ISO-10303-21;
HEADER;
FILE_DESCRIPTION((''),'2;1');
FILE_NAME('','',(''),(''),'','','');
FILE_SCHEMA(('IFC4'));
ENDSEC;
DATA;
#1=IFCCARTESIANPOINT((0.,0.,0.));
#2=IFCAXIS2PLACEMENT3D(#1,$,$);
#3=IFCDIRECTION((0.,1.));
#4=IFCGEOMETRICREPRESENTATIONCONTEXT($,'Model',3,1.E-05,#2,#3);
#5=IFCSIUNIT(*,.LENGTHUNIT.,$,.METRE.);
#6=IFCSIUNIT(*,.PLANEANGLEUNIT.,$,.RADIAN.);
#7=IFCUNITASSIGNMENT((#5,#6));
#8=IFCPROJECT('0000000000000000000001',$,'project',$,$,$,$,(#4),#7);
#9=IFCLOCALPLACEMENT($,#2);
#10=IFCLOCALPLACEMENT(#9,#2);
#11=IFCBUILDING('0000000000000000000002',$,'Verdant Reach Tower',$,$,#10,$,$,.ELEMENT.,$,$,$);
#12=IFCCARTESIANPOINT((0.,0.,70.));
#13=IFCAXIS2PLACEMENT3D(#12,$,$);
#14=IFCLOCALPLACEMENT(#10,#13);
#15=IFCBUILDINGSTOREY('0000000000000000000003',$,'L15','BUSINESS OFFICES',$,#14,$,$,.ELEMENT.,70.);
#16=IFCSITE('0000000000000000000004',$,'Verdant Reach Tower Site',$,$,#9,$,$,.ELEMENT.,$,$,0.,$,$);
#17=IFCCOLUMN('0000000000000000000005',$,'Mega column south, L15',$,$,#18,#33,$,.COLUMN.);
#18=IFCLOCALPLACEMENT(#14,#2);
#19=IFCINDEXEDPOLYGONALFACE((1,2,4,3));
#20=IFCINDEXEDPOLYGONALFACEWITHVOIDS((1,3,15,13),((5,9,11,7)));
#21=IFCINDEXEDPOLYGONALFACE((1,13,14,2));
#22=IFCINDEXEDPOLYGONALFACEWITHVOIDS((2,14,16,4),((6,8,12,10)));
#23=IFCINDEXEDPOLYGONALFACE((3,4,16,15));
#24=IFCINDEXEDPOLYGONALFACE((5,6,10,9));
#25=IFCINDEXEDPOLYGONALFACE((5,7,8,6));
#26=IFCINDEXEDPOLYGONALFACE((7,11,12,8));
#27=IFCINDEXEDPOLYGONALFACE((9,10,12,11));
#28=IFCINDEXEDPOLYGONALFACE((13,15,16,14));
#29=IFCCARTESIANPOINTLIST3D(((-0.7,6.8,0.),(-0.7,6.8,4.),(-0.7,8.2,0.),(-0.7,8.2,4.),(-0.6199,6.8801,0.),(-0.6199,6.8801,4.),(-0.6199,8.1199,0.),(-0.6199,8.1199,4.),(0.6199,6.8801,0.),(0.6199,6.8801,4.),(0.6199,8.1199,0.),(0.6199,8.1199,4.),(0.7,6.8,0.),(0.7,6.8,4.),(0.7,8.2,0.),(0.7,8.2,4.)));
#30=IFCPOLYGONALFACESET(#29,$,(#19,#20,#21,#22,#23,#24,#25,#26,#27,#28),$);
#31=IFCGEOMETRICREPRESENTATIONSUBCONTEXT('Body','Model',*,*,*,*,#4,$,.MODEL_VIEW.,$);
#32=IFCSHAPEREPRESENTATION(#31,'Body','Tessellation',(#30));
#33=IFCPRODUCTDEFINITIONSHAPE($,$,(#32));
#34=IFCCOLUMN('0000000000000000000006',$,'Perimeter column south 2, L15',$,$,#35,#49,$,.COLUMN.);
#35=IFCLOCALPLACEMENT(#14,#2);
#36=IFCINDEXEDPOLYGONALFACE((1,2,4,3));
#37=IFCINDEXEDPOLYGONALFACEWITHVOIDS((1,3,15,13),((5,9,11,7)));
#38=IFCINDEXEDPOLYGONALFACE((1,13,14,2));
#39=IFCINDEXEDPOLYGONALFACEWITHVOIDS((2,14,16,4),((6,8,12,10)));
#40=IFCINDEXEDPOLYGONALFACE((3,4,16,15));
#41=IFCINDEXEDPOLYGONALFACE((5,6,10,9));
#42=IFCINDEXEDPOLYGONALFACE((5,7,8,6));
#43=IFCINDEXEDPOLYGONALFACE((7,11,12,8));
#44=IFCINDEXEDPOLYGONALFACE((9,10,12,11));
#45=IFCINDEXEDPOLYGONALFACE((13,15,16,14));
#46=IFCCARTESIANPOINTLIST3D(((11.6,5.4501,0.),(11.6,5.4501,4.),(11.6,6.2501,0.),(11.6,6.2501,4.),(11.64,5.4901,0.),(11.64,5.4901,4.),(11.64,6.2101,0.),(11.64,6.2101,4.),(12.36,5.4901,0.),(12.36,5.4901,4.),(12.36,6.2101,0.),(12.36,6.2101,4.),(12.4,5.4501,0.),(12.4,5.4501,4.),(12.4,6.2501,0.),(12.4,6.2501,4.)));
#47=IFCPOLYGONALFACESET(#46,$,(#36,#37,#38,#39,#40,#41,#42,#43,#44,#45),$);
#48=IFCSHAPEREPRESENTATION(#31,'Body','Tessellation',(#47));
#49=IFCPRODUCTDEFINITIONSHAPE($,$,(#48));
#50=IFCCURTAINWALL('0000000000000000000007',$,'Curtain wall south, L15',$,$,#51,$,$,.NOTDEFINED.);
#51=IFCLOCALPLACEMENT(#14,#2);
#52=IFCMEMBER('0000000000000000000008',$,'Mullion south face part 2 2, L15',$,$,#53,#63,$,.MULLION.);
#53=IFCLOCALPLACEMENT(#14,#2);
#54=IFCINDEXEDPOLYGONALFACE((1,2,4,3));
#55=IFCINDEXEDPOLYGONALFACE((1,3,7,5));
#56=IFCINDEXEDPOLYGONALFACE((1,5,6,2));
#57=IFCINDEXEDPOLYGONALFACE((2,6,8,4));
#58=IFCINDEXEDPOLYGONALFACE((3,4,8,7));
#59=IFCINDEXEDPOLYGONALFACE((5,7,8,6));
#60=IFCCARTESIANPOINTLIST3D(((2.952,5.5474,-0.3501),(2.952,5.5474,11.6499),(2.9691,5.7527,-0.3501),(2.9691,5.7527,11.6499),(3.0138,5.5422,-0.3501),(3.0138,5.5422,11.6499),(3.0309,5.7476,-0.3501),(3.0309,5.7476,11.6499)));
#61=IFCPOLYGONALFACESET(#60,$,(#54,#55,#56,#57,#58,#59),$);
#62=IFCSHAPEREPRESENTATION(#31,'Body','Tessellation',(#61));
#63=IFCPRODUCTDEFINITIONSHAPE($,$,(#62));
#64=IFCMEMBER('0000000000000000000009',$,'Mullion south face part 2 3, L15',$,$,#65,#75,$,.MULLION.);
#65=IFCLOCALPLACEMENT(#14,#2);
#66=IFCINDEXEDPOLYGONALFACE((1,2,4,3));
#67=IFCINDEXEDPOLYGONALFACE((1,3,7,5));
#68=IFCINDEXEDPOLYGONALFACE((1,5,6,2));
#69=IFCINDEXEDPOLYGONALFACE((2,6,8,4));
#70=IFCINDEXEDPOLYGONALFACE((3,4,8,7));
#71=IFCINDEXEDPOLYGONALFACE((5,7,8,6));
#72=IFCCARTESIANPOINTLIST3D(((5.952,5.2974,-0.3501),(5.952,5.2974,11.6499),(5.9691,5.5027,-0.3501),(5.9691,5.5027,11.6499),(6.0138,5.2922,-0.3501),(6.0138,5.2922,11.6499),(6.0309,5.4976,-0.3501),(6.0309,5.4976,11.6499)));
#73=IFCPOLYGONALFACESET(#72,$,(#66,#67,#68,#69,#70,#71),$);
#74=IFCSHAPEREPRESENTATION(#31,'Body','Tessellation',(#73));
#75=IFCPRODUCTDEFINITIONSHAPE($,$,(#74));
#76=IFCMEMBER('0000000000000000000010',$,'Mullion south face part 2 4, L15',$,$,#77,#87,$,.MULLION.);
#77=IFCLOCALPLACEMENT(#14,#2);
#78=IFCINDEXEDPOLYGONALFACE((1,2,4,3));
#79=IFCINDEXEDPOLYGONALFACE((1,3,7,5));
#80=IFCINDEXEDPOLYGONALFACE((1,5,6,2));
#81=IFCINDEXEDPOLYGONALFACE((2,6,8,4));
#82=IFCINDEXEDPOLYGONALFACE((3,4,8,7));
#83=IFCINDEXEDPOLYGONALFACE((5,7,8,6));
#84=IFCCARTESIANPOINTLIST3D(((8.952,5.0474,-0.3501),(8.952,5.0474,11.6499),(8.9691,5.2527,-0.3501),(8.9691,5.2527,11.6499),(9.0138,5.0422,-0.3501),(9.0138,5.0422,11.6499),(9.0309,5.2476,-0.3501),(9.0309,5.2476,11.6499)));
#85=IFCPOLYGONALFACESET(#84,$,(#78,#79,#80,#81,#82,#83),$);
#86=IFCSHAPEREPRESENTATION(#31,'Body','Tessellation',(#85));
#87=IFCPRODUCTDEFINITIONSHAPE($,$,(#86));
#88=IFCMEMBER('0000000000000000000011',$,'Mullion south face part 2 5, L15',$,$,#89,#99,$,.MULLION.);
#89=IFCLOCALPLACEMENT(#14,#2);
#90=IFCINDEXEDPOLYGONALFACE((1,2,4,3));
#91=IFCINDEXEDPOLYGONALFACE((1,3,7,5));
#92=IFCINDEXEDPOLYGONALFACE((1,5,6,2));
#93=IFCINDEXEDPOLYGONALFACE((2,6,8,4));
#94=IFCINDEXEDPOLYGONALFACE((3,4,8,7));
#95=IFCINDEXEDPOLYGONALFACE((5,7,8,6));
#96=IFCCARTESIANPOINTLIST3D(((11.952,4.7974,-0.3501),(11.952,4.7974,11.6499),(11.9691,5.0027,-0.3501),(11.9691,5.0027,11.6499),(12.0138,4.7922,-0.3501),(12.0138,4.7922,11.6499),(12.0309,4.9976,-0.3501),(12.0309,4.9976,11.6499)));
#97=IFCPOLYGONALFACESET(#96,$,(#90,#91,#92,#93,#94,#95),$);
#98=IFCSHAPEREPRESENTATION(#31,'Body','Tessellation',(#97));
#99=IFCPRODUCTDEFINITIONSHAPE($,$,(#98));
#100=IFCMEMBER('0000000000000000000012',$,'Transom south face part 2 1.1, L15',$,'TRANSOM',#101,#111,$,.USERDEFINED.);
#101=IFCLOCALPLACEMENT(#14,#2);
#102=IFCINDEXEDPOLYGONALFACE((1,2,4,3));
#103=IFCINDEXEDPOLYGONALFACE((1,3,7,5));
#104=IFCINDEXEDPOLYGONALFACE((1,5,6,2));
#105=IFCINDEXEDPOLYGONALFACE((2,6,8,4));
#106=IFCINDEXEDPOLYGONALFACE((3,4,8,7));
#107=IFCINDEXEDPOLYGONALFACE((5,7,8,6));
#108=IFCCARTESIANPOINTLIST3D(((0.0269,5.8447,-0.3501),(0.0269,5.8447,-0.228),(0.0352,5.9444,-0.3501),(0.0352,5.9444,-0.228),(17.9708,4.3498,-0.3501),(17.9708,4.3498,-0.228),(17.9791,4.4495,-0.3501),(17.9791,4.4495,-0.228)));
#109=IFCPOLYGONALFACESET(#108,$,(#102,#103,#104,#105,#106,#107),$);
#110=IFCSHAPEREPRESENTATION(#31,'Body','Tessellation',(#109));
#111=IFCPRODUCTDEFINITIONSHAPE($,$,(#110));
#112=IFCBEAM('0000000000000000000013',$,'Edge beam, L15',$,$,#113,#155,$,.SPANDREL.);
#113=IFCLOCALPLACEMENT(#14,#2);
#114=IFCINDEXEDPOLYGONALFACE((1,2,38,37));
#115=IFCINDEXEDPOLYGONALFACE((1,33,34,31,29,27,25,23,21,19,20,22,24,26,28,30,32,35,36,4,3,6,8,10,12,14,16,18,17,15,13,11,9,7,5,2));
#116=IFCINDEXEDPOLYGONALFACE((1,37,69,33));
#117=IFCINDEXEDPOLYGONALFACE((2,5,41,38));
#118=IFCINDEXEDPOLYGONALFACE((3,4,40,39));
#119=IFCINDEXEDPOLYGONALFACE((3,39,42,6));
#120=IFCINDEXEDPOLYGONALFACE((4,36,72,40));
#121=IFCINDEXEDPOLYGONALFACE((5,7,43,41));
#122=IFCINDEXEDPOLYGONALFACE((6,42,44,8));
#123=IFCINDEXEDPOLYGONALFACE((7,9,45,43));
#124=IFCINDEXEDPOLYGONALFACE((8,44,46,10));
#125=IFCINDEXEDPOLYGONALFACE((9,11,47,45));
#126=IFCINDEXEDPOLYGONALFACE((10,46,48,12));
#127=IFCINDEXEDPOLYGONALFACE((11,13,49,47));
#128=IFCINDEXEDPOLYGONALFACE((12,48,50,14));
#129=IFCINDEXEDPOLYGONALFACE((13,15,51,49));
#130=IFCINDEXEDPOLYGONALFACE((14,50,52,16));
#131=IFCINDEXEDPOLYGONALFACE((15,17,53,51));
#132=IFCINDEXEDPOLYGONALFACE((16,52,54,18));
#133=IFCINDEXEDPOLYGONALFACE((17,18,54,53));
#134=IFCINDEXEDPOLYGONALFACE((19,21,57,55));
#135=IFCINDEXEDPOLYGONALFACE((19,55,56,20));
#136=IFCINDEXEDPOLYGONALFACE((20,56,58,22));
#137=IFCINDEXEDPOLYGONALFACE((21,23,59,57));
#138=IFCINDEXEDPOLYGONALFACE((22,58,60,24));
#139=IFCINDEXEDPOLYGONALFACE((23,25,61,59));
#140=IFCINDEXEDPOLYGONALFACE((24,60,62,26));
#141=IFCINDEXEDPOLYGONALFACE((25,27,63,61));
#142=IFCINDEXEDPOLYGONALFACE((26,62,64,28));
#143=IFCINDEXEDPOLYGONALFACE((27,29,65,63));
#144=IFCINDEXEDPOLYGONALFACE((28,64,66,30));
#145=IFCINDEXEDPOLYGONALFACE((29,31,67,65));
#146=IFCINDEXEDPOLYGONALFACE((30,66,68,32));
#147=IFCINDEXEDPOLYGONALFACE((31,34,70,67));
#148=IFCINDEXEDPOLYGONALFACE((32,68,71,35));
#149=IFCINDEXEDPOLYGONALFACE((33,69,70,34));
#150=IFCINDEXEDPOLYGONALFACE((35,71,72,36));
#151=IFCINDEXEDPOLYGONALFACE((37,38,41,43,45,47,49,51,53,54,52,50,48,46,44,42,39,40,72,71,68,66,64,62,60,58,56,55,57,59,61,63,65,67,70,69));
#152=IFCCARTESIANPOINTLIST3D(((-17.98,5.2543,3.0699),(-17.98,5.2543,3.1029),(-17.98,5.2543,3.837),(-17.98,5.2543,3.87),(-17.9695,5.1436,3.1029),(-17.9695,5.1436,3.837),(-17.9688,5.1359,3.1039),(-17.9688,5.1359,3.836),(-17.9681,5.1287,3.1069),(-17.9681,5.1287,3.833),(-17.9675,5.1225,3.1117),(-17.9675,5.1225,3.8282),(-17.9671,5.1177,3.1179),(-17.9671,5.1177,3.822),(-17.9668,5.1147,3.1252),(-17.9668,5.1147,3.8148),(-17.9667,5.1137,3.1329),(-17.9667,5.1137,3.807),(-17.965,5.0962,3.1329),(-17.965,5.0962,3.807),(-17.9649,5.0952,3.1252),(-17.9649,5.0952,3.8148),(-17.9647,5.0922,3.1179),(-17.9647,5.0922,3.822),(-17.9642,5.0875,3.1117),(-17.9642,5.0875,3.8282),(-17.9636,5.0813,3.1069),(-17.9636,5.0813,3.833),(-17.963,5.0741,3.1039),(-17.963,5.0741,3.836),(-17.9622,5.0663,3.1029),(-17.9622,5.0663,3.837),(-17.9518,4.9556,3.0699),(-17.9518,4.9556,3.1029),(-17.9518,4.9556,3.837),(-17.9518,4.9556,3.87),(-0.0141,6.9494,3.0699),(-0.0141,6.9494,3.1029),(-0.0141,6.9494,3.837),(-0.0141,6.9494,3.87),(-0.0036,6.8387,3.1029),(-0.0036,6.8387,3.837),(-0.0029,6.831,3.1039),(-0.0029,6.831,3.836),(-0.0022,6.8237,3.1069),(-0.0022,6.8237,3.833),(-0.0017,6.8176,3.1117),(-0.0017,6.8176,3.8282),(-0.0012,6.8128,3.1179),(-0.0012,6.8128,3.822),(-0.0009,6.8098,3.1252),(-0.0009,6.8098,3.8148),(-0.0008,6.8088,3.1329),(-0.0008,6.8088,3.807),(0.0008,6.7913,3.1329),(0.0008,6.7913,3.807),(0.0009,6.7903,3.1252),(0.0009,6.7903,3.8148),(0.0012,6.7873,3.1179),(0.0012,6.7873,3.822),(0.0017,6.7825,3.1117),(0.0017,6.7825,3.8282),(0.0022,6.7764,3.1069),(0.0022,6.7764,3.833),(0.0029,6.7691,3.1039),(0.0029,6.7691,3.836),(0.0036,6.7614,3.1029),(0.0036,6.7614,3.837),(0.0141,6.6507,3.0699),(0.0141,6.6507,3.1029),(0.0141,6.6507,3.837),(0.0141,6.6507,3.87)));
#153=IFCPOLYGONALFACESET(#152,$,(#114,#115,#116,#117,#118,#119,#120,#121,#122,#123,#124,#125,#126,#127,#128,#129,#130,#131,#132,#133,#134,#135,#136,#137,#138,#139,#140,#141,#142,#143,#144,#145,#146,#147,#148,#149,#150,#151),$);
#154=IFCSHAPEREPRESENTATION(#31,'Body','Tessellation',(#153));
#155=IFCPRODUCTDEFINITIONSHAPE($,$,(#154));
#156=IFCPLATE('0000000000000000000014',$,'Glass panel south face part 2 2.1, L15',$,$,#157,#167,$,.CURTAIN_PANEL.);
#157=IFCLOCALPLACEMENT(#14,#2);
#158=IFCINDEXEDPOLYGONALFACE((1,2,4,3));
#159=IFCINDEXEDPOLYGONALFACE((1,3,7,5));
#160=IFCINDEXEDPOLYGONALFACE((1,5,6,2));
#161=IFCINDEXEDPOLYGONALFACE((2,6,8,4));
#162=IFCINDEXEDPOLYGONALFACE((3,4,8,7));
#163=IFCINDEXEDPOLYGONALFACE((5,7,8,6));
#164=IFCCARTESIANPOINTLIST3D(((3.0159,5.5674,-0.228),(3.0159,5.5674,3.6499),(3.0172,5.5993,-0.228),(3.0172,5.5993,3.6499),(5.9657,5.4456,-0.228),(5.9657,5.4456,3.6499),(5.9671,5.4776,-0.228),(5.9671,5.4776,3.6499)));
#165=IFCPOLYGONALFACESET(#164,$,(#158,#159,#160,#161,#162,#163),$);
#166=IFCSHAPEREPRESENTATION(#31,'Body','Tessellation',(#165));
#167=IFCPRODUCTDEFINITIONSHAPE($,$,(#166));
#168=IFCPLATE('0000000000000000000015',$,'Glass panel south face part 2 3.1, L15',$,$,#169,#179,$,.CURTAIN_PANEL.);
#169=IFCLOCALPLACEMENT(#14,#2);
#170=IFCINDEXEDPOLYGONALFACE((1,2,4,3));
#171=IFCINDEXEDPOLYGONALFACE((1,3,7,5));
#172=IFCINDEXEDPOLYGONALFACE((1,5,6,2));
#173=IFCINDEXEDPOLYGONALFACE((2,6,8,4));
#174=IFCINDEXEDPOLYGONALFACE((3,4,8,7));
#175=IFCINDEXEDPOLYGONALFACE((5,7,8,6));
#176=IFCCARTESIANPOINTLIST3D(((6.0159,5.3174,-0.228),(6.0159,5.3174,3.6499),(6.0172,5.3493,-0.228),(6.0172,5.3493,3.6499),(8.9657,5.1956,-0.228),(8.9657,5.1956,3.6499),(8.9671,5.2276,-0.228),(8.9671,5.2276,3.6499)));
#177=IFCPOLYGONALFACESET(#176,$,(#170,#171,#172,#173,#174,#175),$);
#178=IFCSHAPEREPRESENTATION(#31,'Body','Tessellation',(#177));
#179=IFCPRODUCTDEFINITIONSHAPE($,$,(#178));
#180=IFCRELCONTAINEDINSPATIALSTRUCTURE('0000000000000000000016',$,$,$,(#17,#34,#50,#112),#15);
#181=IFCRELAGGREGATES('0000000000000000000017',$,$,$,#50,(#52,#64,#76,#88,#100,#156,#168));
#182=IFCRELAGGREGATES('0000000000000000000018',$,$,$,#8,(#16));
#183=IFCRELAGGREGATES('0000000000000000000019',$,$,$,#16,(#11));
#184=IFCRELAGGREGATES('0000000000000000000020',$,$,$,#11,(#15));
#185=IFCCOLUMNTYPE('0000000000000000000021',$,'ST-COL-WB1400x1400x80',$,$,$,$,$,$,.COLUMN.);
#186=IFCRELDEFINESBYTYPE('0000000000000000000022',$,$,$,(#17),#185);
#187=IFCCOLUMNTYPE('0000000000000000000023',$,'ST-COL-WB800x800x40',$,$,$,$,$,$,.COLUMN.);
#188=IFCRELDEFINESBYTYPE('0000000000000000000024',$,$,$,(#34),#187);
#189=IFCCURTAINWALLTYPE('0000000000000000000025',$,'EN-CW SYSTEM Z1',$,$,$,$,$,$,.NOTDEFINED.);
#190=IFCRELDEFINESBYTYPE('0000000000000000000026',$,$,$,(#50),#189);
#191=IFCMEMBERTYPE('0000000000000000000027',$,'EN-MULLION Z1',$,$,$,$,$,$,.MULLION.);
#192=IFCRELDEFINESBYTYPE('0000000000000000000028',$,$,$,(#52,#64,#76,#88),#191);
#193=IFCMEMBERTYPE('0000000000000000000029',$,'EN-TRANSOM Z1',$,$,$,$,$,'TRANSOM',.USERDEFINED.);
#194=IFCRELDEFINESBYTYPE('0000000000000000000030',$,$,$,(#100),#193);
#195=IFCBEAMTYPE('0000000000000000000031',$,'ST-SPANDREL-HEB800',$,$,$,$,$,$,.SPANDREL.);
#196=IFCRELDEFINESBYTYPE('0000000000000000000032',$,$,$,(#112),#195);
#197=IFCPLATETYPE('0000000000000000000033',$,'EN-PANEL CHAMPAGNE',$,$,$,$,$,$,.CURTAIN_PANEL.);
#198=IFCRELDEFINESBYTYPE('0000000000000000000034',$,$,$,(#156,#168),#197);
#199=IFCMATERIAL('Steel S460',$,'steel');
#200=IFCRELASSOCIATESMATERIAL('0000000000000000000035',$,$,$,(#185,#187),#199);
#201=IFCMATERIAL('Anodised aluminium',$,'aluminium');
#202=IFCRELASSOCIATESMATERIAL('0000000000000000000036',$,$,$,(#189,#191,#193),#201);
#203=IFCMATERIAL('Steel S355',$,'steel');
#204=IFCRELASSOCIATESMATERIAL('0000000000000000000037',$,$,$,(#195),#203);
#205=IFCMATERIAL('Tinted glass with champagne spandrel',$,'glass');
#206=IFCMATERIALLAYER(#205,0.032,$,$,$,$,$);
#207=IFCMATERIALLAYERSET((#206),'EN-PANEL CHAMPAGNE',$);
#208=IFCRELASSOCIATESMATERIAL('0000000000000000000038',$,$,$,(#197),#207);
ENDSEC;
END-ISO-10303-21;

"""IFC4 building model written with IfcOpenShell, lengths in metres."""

from ifc_helpers import new_model, si_unit, direction, frame, origin, origin_2d, place, context, subcontext, project, spatial, rectangle, hollow_rectangle, i_section, extrude, material, layer, layer_set, material_profile, profile_set, type_object, element, aggregate, save


model = new_model("IFC4")

# Units and contexts
model_context = context("Model", 3, precision=1e-05, world=origin(), true_north=direction((0.0, 1.0)))
body_context = subcontext(model_context, "Body", "Model", "MODEL_VIEW")
ifc_project = project(units=[si_unit("LENGTHUNIT", "METRE"), si_unit("PLANEANGLEUNIT", "RADIAN")], contexts=[model_context])

# Site, building, storey
site_placement = place(None, origin())
site = spatial("IfcSite", under=ifc_project, at=site_placement, Name="Verdant Reach Tower Site", CompositionType="ELEMENT", RefElevation=0.0)
building_placement = place(site_placement, origin())
building = spatial("IfcBuilding", under=site, at=building_placement, Name="Verdant Reach Tower", CompositionType="ELEMENT")
storey_placement = place(building_placement, frame((0.0, 0.0, 70.0)))
storey = spatial("IfcBuildingStorey", under=building, at=storey_placement, Name="L15", Description="BUSINESS OFFICES", CompositionType="ELEMENT", Elevation=70.0)

# Columns
ifc_material_1 = material(Name="Steel S460", Category="steel")
ifc_material_profile_1 = material_profile(ifc_material_1, hollow_rectangle(XDim=1.3999, YDim=1.3999, WallThickness=0.0801, at=origin_2d()), Name="WB 1400x1400x80")
ifc_profile_set_1 = profile_set([ifc_material_profile_1], Name="Steel S460")
column_type_1 = type_object("IfcColumnType", Name="ST-COL-WB1400x1400x80", PredefinedType="COLUMN", material=ifc_profile_set_1)
column_1_placement = place(storey_placement, frame((0.0, 7.5, 0.0), z_axis=(0.0, 0.0, 1.0), x_axis=(1.0, 0.0, 0.0)))
element("IfcColumn", 1, at=column_1_placement, inside=storey, type_object=column_type_1, Name="Mega column south, L15", PredefinedType="COLUMN", context=body_context, shape_type="SweptSolid", body=[
    extrude(hollow_rectangle(XDim=1.3999, YDim=1.3999, WallThickness=0.0801, at=origin_2d()), origin(), (0.0, 0.0, 1.0), 4.0),
])
ifc_material_profile_2 = material_profile(ifc_material_1, hollow_rectangle(XDim=0.8, YDim=0.8, WallThickness=0.04, at=origin_2d()), Name="WB 800x800x40")
ifc_profile_set_2 = profile_set([ifc_material_profile_2], Name="Steel S460")
column_type_2 = type_object("IfcColumnType", Name="ST-COL-WB800x800x40", PredefinedType="COLUMN", material=ifc_profile_set_2)
column_2_placement = place(storey_placement, frame((12.0, 5.8501, 0.0), z_axis=(0.0, 0.0, 1.0), x_axis=(1.0, 0.0, 0.0)))
element("IfcColumn", 2, at=column_2_placement, inside=storey, type_object=column_type_2, Name="Perimeter column south 2, L15", PredefinedType="COLUMN", context=body_context, shape_type="SweptSolid", body=[
    extrude(hollow_rectangle(XDim=0.8, YDim=0.8, WallThickness=0.04, at=origin_2d()), origin(), (0.0, 0.0, 1.0), 4.0),
])

# Curtain wall, members
ifc_material_2 = material(Name="Anodised aluminium", Category="aluminium")
curtain_wall_type = type_object("IfcCurtainWallType", Name="EN-CW SYSTEM Z1", PredefinedType="NOTDEFINED", material=ifc_material_2)
curtain_wall_placement = place(storey_placement, origin())
curtain_wall = element("IfcCurtainWall", 3, at=curtain_wall_placement, inside=storey, type_object=curtain_wall_type, Name="Curtain wall south, L15", PredefinedType="NOTDEFINED")
ifc_material_profile_3 = material_profile(ifc_material_2, rectangle(XDim=0.2061, YDim=0.062, at=origin_2d()), Name="Mullion 62x206")
ifc_profile_set_3 = profile_set([ifc_material_profile_3], Name="Anodised aluminium")
member_type_1 = type_object("IfcMemberType", Name="EN-MULLION Z1", PredefinedType="MULLION", material=ifc_profile_set_3)
member_1_placement = place(storey_placement, frame((2.9915, 5.6475, -0.3501), z_axis=(0.0, 0.0, 1.0), x_axis=(-0.083045, -0.996546, 0.0)))
member_1 = element("IfcMember", 4, at=member_1_placement, type_object=member_type_1, Name="Mullion south face part 2 2, L15", PredefinedType="MULLION", context=body_context, shape_type="SweptSolid", body=[
    extrude(rectangle(XDim=0.2061, YDim=0.062, at=origin_2d()), origin(), (0.0, 0.0, 1.0), 12.0),
])
member_2_placement = place(storey_placement, frame((5.9915, 5.3975, -0.3501), z_axis=(0.0, 0.0, 1.0), x_axis=(-0.083045, -0.996546, 0.0)))
member_2 = element("IfcMember", 5, at=member_2_placement, type_object=member_type_1, Name="Mullion south face part 2 3, L15", PredefinedType="MULLION", context=body_context, shape_type="SweptSolid", body=[
    extrude(rectangle(XDim=0.2061, YDim=0.062, at=origin_2d()), origin(), (0.0, 0.0, 1.0), 12.0),
])
member_3_placement = place(storey_placement, frame((8.9915, 5.1475, -0.3501), z_axis=(0.0, 0.0, 1.0), x_axis=(-0.083045, -0.996546, 0.0)))
member_3 = element("IfcMember", 6, at=member_3_placement, type_object=member_type_1, Name="Mullion south face part 2 4, L15", PredefinedType="MULLION", context=body_context, shape_type="SweptSolid", body=[
    extrude(rectangle(XDim=0.2061, YDim=0.062, at=origin_2d()), origin(), (0.0, 0.0, 1.0), 12.0),
])
member_4_placement = place(storey_placement, frame((11.9915, 4.8975, -0.3501), z_axis=(0.0, 0.0, 1.0), x_axis=(-0.083045, -0.996546, 0.0)))
member_4 = element("IfcMember", 7, at=member_4_placement, type_object=member_type_1, Name="Mullion south face part 2 5, L15", PredefinedType="MULLION", context=body_context, shape_type="SweptSolid", body=[
    extrude(rectangle(XDim=0.2061, YDim=0.062, at=origin_2d()), origin(), (0.0, 0.0, 1.0), 12.0),
])
ifc_material_profile_4 = material_profile(ifc_material_2, rectangle(XDim=0.1001, YDim=0.1221, at=origin_2d()), Name="Transom 122x100")
ifc_profile_set_4 = profile_set([ifc_material_profile_4], Name="Anodised aluminium")
member_type_2 = type_object("IfcMemberType", Name="EN-TRANSOM Z1", ElementType="TRANSOM", PredefinedType="USERDEFINED", material=ifc_profile_set_4)
member_5_placement = place(storey_placement, frame((0.031, 5.8945, -0.2891), z_axis=(0.996548, -0.083021, 0.0), x_axis=(0.083021, 0.996548, 0.0)))
member_5 = element("IfcMember", 8, at=member_5_placement, type_object=member_type_2, Name="Transom south face part 2 1.1, L15", ObjectType="TRANSOM", PredefinedType="USERDEFINED", context=body_context, shape_type="SweptSolid", body=[
    extrude(rectangle(XDim=0.1001, YDim=0.1221, at=origin_2d()), origin(), (0.0, 0.0, 1.0), 18.0061),
])

# Beam
ifc_material_3 = material(Name="Steel S355", Category="steel")
ifc_material_profile_5 = material_profile(ifc_material_3, i_section(OverallWidth=0.3, OverallDepth=0.8, WebThickness=0.0176, FlangeThickness=0.033, FilletRadius=0.03, at=origin_2d()), Name="HEB 800")
ifc_profile_set_5 = profile_set([ifc_material_profile_5], Name="Steel S355")
beam_type = type_object("IfcBeamType", Name="ST-SPANDREL-HEB800", PredefinedType="SPANDREL", material=ifc_profile_set_5)
beam_placement = place(storey_placement, frame((0.0, 6.8, 3.47), z_axis=(-0.995579, -0.093932, 0.0), x_axis=(0.093932, -0.995579, 0.0)))
element("IfcBeam", 9, at=beam_placement, inside=storey, type_object=beam_type, Name="Edge beam, L15", PredefinedType="SPANDREL", context=body_context, shape_type="SweptSolid", body=[
    extrude(i_section(OverallWidth=0.3, OverallDepth=0.8, WebThickness=0.0176, FlangeThickness=0.033, FilletRadius=0.03, at=origin_2d()), origin(), (0.0, 0.0, 1.0), 18.0457),
])

# Plates
ifc_material_4 = material(Name="Tinted glass with champagne spandrel", Category="glass")
ifc_layer_1 = layer(ifc_material_4, 0.032)
ifc_layer_set_1 = layer_set([ifc_layer_1], Name="EN-PANEL CHAMPAGNE")
plate_type_1 = type_object("IfcPlateType", Name="EN-PANEL CHAMPAGNE", PredefinedType="CURTAIN_PANEL", material=ifc_layer_set_1)
plate_1_placement = place(storey_placement, frame((4.4915, 5.5225, -0.228), z_axis=(0.0, 0.0, 1.0), x_axis=(0.999149, -0.041242, 0.0)))
plate_1 = element("IfcPlate", 10, at=plate_1_placement, type_object=plate_type_1, Name="Glass panel south face part 2 2.1, L15", PredefinedType="CURTAIN_PANEL", context=body_context, shape_type="SweptSolid", body=[
    extrude(rectangle(XDim=2.9524, YDim=0.032, at=origin_2d()), origin(), (0.0, 0.0, 1.0), 3.8779),
])
plate_2_placement = place(storey_placement, frame((7.4915, 5.2725, -0.228), z_axis=(0.0, 0.0, 1.0), x_axis=(0.999149, -0.041242, 0.0)))
plate_2 = element("IfcPlate", 11, at=plate_2_placement, type_object=plate_type_1, Name="Glass panel south face part 2 3.1, L15", PredefinedType="CURTAIN_PANEL", context=body_context, shape_type="SweptSolid", body=[
    extrude(rectangle(XDim=2.9524, YDim=0.032, at=origin_2d()), origin(), (0.0, 0.0, 1.0), 3.8779),
])
aggregate(curtain_wall, [member_1, member_2, member_3, member_4, member_5, plate_1, plate_2])

save(model, "model.ifc")
